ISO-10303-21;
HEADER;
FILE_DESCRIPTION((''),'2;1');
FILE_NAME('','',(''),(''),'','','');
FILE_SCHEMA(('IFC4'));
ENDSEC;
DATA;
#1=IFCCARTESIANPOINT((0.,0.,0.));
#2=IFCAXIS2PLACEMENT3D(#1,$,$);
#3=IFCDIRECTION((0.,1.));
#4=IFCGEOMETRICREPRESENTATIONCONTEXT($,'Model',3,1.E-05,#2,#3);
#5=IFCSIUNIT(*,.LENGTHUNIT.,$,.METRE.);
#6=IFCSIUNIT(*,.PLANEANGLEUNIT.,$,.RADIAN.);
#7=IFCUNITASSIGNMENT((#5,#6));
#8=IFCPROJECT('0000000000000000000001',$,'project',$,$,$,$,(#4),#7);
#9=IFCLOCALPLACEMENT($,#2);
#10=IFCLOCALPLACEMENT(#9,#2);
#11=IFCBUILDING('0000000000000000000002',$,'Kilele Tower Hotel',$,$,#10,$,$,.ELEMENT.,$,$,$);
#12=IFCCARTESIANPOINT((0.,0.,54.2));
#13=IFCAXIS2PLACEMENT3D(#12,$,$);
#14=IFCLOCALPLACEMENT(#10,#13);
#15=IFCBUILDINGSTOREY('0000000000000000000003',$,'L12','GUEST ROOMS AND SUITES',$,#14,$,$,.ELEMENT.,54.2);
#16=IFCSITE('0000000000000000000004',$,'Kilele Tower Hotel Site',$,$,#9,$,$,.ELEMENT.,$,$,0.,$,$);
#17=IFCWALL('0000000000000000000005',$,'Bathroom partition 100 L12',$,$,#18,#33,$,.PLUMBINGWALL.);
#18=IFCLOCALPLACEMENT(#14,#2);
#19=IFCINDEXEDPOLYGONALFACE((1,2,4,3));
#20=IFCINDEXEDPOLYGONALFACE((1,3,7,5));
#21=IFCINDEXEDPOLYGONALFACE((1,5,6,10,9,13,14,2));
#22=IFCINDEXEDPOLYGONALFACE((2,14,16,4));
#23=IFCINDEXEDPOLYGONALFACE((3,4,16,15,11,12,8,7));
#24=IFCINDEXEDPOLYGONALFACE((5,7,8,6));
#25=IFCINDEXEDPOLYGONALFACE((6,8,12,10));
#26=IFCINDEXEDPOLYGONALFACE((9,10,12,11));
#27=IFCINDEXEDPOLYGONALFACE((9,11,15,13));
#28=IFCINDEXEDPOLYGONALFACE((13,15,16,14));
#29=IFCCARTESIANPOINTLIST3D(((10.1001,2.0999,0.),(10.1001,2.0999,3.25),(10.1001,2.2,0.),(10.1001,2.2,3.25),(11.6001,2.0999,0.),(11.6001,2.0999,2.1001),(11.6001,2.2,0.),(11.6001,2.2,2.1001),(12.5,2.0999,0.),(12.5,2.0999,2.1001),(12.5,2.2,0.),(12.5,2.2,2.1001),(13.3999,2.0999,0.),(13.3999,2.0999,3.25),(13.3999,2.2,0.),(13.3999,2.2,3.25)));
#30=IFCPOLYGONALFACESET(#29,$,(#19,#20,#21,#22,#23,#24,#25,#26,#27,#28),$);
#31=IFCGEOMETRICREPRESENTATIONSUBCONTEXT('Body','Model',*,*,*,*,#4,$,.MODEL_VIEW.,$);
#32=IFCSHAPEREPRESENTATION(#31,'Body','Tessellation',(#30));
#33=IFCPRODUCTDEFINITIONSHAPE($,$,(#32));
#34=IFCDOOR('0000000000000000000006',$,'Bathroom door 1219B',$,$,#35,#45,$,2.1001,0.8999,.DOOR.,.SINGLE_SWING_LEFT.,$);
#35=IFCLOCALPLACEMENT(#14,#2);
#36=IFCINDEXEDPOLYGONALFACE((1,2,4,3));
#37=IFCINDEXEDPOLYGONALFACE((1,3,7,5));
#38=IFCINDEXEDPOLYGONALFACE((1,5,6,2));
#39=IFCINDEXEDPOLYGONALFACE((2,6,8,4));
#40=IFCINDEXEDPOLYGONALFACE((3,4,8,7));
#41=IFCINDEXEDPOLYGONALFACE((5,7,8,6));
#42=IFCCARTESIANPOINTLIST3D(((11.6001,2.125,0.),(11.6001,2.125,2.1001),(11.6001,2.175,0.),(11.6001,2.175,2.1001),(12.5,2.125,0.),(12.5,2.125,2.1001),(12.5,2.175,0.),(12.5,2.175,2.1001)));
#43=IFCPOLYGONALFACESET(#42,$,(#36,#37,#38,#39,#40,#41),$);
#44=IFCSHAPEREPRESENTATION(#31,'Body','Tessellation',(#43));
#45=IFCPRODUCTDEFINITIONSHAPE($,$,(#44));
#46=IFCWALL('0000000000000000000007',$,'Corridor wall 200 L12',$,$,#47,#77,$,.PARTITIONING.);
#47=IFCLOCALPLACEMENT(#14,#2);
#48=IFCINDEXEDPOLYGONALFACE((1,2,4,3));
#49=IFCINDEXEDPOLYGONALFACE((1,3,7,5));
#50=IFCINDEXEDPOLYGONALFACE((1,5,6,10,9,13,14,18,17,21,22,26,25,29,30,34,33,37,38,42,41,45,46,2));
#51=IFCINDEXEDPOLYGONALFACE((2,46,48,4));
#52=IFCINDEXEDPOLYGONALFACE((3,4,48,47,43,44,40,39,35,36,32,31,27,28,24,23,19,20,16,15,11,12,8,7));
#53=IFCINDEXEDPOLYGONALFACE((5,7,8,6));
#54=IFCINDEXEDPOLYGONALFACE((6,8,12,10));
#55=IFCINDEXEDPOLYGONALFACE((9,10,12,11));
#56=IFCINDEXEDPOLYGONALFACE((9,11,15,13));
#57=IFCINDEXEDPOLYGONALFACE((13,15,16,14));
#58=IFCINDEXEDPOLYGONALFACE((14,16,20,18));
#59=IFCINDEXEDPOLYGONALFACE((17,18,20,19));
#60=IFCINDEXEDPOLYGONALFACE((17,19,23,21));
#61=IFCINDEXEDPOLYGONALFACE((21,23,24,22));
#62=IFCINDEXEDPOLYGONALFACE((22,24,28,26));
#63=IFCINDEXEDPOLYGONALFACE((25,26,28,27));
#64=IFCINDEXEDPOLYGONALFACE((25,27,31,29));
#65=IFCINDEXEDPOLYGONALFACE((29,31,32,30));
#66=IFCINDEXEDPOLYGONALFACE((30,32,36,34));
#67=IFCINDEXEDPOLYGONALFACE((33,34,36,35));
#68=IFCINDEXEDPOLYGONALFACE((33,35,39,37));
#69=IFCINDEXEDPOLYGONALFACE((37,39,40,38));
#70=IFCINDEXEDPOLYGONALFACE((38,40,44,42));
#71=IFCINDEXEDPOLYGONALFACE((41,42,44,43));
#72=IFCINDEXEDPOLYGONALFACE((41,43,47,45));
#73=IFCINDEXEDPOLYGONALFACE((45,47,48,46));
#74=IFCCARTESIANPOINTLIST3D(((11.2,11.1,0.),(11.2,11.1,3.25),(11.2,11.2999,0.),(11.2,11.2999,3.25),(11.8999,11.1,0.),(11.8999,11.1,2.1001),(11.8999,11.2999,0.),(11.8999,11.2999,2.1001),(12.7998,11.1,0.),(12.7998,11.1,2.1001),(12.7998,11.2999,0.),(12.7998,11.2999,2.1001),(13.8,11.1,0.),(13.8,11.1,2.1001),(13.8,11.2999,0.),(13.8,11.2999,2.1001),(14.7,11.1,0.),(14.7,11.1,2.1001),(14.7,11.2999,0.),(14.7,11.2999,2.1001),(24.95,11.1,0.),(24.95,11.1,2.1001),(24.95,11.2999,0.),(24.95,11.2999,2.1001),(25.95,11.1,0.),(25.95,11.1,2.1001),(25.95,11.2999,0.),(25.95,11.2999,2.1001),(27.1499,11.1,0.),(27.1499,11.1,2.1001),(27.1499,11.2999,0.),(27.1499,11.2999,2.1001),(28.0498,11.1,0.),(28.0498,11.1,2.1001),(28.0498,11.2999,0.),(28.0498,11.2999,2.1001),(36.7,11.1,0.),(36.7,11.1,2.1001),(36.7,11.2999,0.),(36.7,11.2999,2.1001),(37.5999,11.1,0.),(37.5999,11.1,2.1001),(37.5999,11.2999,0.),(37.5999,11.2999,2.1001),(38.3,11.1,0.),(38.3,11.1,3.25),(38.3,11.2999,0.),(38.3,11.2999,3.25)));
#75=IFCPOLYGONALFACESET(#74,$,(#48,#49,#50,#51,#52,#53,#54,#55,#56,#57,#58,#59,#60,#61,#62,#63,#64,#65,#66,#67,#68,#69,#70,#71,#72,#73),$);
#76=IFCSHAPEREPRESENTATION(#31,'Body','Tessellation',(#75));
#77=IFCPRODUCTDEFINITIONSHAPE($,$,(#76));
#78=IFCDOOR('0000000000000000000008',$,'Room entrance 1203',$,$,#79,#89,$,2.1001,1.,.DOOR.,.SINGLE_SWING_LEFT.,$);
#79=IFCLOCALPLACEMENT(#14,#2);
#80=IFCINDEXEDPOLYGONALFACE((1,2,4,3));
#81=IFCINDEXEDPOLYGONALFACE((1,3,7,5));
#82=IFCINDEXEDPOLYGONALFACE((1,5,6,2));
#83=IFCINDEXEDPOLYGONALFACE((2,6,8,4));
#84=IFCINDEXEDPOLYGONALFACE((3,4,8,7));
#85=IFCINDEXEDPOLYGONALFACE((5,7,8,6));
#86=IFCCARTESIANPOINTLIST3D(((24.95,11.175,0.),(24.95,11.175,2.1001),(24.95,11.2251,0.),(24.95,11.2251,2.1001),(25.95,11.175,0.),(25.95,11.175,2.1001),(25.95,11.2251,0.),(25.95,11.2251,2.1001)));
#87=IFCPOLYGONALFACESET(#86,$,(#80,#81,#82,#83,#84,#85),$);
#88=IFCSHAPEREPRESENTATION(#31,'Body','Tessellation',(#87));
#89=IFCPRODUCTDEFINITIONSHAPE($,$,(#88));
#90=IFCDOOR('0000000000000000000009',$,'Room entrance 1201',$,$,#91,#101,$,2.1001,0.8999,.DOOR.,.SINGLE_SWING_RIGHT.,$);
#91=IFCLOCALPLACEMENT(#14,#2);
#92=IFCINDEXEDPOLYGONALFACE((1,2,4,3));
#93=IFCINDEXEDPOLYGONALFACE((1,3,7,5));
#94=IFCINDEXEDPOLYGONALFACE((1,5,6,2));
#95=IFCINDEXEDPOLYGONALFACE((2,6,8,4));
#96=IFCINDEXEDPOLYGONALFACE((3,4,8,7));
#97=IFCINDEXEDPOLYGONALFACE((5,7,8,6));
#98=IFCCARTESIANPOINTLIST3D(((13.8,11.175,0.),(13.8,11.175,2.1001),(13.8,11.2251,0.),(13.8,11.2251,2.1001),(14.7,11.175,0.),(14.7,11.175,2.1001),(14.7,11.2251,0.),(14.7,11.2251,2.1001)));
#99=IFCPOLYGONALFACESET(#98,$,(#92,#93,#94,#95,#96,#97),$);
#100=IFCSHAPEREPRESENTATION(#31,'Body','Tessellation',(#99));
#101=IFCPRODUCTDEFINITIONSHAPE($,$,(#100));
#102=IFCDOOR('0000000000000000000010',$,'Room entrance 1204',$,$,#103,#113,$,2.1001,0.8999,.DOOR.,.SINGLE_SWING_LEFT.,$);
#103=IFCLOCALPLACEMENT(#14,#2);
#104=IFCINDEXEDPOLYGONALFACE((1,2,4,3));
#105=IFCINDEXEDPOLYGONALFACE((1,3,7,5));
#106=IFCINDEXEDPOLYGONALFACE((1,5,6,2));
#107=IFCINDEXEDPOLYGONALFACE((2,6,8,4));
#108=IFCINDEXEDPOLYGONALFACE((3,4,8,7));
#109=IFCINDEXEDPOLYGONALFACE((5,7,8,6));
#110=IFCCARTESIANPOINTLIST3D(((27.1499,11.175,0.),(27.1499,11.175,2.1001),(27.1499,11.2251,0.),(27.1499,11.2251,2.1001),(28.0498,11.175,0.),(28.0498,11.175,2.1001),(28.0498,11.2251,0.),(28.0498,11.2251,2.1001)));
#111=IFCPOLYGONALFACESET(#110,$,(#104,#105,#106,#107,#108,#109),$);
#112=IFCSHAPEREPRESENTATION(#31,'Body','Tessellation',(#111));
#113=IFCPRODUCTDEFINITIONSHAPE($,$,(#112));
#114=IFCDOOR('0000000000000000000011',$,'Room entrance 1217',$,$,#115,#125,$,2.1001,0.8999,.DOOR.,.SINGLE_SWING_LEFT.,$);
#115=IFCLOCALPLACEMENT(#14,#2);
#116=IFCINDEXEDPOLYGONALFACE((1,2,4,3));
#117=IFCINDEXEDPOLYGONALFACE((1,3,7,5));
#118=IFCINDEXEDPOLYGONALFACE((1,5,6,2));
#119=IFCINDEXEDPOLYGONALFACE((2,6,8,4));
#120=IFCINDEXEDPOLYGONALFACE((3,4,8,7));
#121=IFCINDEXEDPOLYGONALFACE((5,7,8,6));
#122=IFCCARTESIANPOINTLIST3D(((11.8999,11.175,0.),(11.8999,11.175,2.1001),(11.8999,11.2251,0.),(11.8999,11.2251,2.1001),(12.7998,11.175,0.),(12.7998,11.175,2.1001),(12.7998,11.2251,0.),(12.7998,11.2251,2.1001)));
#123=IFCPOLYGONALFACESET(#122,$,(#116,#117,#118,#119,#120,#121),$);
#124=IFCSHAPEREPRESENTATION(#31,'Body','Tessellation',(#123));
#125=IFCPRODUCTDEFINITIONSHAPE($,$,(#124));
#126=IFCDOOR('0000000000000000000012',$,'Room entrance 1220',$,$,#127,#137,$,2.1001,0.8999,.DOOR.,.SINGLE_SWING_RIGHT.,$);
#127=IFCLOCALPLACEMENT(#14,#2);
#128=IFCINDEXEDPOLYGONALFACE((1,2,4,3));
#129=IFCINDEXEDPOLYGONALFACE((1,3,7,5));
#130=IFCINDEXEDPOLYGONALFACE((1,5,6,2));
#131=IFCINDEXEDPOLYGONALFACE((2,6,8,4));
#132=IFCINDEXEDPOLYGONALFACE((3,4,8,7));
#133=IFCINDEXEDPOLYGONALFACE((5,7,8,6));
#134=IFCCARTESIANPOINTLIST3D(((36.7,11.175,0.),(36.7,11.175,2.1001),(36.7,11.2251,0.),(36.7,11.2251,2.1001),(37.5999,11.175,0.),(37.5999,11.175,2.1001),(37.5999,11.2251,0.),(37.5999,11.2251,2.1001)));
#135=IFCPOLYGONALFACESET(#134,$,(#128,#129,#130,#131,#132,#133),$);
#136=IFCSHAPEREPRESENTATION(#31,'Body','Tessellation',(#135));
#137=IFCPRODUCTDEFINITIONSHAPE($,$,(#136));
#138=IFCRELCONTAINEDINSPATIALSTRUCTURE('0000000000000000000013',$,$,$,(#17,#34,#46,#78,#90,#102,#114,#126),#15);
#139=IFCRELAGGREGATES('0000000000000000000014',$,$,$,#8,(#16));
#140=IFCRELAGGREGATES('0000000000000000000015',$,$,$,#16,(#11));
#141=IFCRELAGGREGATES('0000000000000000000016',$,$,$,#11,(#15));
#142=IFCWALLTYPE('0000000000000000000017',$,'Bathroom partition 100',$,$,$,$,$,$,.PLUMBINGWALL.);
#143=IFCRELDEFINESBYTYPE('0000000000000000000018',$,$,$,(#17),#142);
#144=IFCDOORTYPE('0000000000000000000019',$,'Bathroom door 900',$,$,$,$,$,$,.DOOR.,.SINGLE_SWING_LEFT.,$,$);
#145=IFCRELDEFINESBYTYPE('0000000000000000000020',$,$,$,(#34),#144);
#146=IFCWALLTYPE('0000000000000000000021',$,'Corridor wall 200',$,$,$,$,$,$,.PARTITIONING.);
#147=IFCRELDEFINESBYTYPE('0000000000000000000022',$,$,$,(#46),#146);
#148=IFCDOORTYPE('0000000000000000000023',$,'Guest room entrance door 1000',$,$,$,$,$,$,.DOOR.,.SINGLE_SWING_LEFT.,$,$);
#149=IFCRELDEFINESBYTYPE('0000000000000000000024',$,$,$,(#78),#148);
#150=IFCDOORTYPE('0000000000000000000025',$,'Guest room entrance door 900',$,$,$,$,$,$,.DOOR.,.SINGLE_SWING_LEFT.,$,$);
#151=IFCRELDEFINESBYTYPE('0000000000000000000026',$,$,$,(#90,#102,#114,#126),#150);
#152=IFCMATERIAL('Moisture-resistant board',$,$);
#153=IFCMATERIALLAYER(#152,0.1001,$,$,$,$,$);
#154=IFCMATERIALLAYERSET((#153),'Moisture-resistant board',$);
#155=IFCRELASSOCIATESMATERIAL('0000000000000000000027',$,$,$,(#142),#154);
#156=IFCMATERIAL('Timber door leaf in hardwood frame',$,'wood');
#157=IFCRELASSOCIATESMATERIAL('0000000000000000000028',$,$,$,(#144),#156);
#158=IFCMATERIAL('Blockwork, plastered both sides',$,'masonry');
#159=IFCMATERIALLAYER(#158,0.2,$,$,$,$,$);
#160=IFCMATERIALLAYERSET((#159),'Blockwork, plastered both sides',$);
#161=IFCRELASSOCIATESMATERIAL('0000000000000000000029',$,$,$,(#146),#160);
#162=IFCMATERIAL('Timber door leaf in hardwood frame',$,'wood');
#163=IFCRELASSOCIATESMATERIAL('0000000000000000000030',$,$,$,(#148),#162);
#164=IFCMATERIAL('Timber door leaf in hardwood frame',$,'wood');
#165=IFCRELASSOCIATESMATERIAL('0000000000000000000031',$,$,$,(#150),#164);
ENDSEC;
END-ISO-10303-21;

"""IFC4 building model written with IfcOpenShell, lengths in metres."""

from ifc_helpers import new_model, si_unit, direction, frame, frame_2d, origin, place, context, subcontext, project, spatial, rectangle, extrude, material, layer, layer_set, type_object, element, fill, save


model = new_model("IFC4")

# Units and contexts
model_context = context("Model", 3, precision=1e-05, world=origin(), true_north=direction((0.0, 1.0)))
body_context = subcontext(model_context, "Body", "Model", "MODEL_VIEW")
ifc_project = project(units=[si_unit("LENGTHUNIT", "METRE"), si_unit("PLANEANGLEUNIT", "RADIAN")], contexts=[model_context])

# Site, building, storey
site_placement = place(None, origin())
site = spatial("IfcSite", under=ifc_project, at=site_placement, Name="Kilele Tower Hotel Site", CompositionType="ELEMENT", RefElevation=0.0)
building_placement = place(site_placement, origin())
building = spatial("IfcBuilding", under=site, at=building_placement, Name="Kilele Tower Hotel", CompositionType="ELEMENT")
storey_placement = place(building_placement, frame((0.0, 0.0, 54.2)))
storey = spatial("IfcBuildingStorey", under=building, at=storey_placement, Name="L12", Description="GUEST ROOMS AND SUITES", CompositionType="ELEMENT", Elevation=54.2)

# Shared definitions
ifc_material_1 = material(Name="Moisture-resistant board")
ifc_layer_1 = layer(ifc_material_1, 0.1001)
ifc_layer_set_1 = layer_set([ifc_layer_1], Name="Moisture-resistant board")
wall_type_1 = type_object("IfcWallType", Name="Bathroom partition 100", PredefinedType="PLUMBINGWALL", material=ifc_layer_set_1)

# Wall, opening, door
ifc_material_2 = material(Name="Timber door leaf in hardwood frame", Category="wood")
door_type_1 = type_object("IfcDoorType", Name="Bathroom door 900", OperationType="SINGLE_SWING_LEFT", PredefinedType="DOOR", material=ifc_material_2)
wall_1_placement = place(storey_placement, frame((13.3999, 2.1499, 0.0), z_axis=(0.0, 0.0, 1.0), x_axis=(-1.0, 0.0, 0.0)))
wall_1 = element("IfcWall", 1, at=wall_1_placement, inside=storey, type_object=wall_type_1, Name="Bathroom partition 100 L12", PredefinedType="PLUMBINGWALL", context=body_context, shape_type="SweptSolid", body=[
    extrude(rectangle(XDim=3.2998, YDim=0.1001, at=frame_2d((1.6499, 0.0))), origin(), (0.0, 0.0, 1.0), 3.25),
])
opening_1_placement = place(wall_1_placement, frame((0.8999, 0.0, 0.0)))
opening_1 = element("IfcOpeningElement", 2, at=opening_1_placement, cuts=wall_1, PredefinedType="OPENING", context=body_context, shape_type="SweptSolid", body=[
    extrude(rectangle(XDim=0.8999, YDim=2.1001, at=frame_2d((0.45, 1.05))), frame((0.0, 0.0601, 0.0), z_axis=(0.0, -1.0, 0.0), x_axis=(1.0, 0.0, 0.0)), (0.0, 0.0, 1.0), 0.1201),
])
door_1_placement = place(opening_1_placement, origin())
door_1 = element("IfcDoor", 3, at=door_1_placement, inside=storey, type_object=door_type_1, Name="Bathroom door 1219B", OperationType="SINGLE_SWING_LEFT", OverallHeight=2.1001, OverallWidth=0.8999, PredefinedType="DOOR", context=body_context, shape_type="SweptSolid", body=[
    extrude(rectangle(XDim=0.8999, YDim=2.1001, at=frame_2d((0.45, 1.05))), frame((0.0, 0.0249, 0.0), z_axis=(0.0, -1.0, 0.0), x_axis=(1.0, 0.0, 0.0)), (0.0, 0.0, 1.0), 0.05),
])
fill(opening_1, door_1)

# Wall, openings, doors
ifc_material_3 = material(Name="Blockwork, plastered both sides", Category="masonry")
ifc_layer_2 = layer(ifc_material_3, 0.2)
ifc_layer_set_2 = layer_set([ifc_layer_2], Name="Blockwork, plastered both sides")
wall_type_2 = type_object("IfcWallType", Name="Corridor wall 200", PredefinedType="PARTITIONING", material=ifc_layer_set_2)
wall_2_placement = place(storey_placement, frame((11.2, 11.2, 0.0), z_axis=(0.0, 0.0, 1.0), x_axis=(1.0, 0.0, 0.0)))
wall_2 = element("IfcWall", 4, at=wall_2_placement, inside=storey, type_object=wall_type_2, Name="Corridor wall 200 L12", PredefinedType="PARTITIONING", context=body_context, shape_type="SweptSolid", body=[
    extrude(rectangle(XDim=27.1001, YDim=0.2, at=frame_2d((13.55, 0.0))), origin(), (0.0, 0.0, 1.0), 3.25),
])
opening_2_placement = place(wall_2_placement, frame((3.5, 0.0, 0.0), z_axis=(0.0, 0.0, 1.0), x_axis=(-1.0, 0.0, 0.0)))
opening_2 = element("IfcOpeningElement", 5, at=opening_2_placement, cuts=wall_2, PredefinedType="OPENING", context=body_context, shape_type="SweptSolid", body=[
    extrude(rectangle(XDim=0.8999, YDim=2.1001, at=frame_2d((0.45, 1.05))), frame((0.0, 0.1099, 0.0), z_axis=(0.0, -1.0, 0.0), x_axis=(1.0, 0.0, 0.0)), (0.0, 0.0, 1.0), 0.22),
])
opening_3_placement = place(wall_2_placement, frame((14.75, 0.0, 0.0), z_axis=(0.0, 0.0, 1.0), x_axis=(-1.0, 0.0, 0.0)))
opening_3 = element("IfcOpeningElement", 6, at=opening_3_placement, cuts=wall_2, PredefinedType="OPENING", context=body_context, shape_type="SweptSolid", body=[
    extrude(rectangle(XDim=1.0, YDim=2.1001, at=frame_2d((0.5, 1.05))), frame((0.0, 0.1099, 0.0), z_axis=(0.0, -1.0, 0.0), x_axis=(1.0, 0.0, 0.0)), (0.0, 0.0, 1.0), 0.22),
])
opening_4_placement = place(wall_2_placement, frame((16.8499, 0.0, 0.0), z_axis=(0.0, 0.0, 1.0), x_axis=(-1.0, 0.0, 0.0)))
opening_4 = element("IfcOpeningElement", 7, at=opening_4_placement, cuts=wall_2, PredefinedType="OPENING", context=body_context, shape_type="SweptSolid", body=[
    extrude(rectangle(XDim=0.8999, YDim=2.1001, at=frame_2d((0.45, 1.05))), frame((0.0, 0.1099, 0.0), z_axis=(0.0, -1.0, 0.0), x_axis=(1.0, 0.0, 0.0)), (0.0, 0.0, 1.0), 0.22),
])
opening_5_placement = place(wall_2_placement, frame((1.5999, 0.0, 0.0), z_axis=(0.0, 0.0, 1.0), x_axis=(-1.0, 0.0, 0.0)))
opening_5 = element("IfcOpeningElement", 8, at=opening_5_placement, cuts=wall_2, PredefinedType="OPENING", context=body_context, shape_type="SweptSolid", body=[
    extrude(rectangle(XDim=0.8999, YDim=2.1001, at=frame_2d((0.45, 1.05))), frame((0.0, 0.1099, 0.0), z_axis=(0.0, -1.0, 0.0), x_axis=(1.0, 0.0, 0.0)), (0.0, 0.0, 1.0), 0.22),
])
opening_6_placement = place(wall_2_placement, frame((26.3999, 0.0, 0.0), z_axis=(0.0, 0.0, 1.0), x_axis=(-1.0, 0.0, 0.0)))
opening_6 = element("IfcOpeningElement", 9, at=opening_6_placement, cuts=wall_2, PredefinedType="OPENING", context=body_context, shape_type="SweptSolid", body=[
    extrude(rectangle(XDim=0.8999, YDim=2.1001, at=frame_2d((0.45, 1.05))), frame((0.0, 0.1099, 0.0), z_axis=(0.0, -1.0, 0.0), x_axis=(1.0, 0.0, 0.0)), (0.0, 0.0, 1.0), 0.22),
])
ifc_material_4 = material(Name="Timber door leaf in hardwood frame", Category="wood")
door_type_2 = type_object("IfcDoorType", Name="Guest room entrance door 1000", OperationType="SINGLE_SWING_LEFT", PredefinedType="DOOR", material=ifc_material_4)
door_2_placement = place(opening_3_placement, origin())
door_2 = element("IfcDoor", 10, at=door_2_placement, inside=storey, type_object=door_type_2, Name="Room entrance 1203", OperationType="SINGLE_SWING_LEFT", OverallHeight=2.1001, OverallWidth=1.0, PredefinedType="DOOR", context=body_context, shape_type="SweptSolid", body=[
    extrude(rectangle(XDim=1.0, YDim=2.1001, at=frame_2d((0.5, 1.05))), frame((0.0, 0.0249, 0.0), z_axis=(0.0, -1.0, 0.0), x_axis=(1.0, 0.0, 0.0)), (0.0, 0.0, 1.0), 0.05),
])
fill(opening_3, door_2)
ifc_material_5 = material(Name="Timber door leaf in hardwood frame", Category="wood")
door_type_3 = type_object("IfcDoorType", Name="Guest room entrance door 900", OperationType="SINGLE_SWING_LEFT", PredefinedType="DOOR", material=ifc_material_5)
door_3_placement = place(opening_2_placement, origin())
door_3 = element("IfcDoor", 11, at=door_3_placement, inside=storey, type_object=door_type_3, Name="Room entrance 1201", OperationType="SINGLE_SWING_RIGHT", OverallHeight=2.1001, OverallWidth=0.8999, PredefinedType="DOOR", context=body_context, shape_type="SweptSolid", body=[
    extrude(rectangle(XDim=0.8999, YDim=2.1001, at=frame_2d((0.45, 1.05))), frame((0.0, 0.0249, 0.0), z_axis=(0.0, -1.0, 0.0), x_axis=(1.0, 0.0, 0.0)), (0.0, 0.0, 1.0), 0.05),
])
fill(opening_2, door_3)
door_4_placement = place(opening_4_placement, origin())
door_4 = element("IfcDoor", 12, at=door_4_placement, inside=storey, type_object=door_type_3, Name="Room entrance 1204", OperationType="SINGLE_SWING_LEFT", OverallHeight=2.1001, OverallWidth=0.8999, PredefinedType="DOOR", context=body_context, shape_type="SweptSolid", body=[
    extrude(rectangle(XDim=0.8999, YDim=2.1001, at=frame_2d((0.45, 1.05))), frame((0.0, 0.0249, 0.0), z_axis=(0.0, -1.0, 0.0), x_axis=(1.0, 0.0, 0.0)), (0.0, 0.0, 1.0), 0.05),
])
fill(opening_4, door_4)
door_5_placement = place(opening_5_placement, origin())
door_5 = element("IfcDoor", 13, at=door_5_placement, inside=storey, type_object=door_type_3, Name="Room entrance 1217", OperationType="SINGLE_SWING_LEFT", OverallHeight=2.1001, OverallWidth=0.8999, PredefinedType="DOOR", context=body_context, shape_type="SweptSolid", body=[
    extrude(rectangle(XDim=0.8999, YDim=2.1001, at=frame_2d((0.45, 1.05))), frame((0.0, 0.0249, 0.0), z_axis=(0.0, -1.0, 0.0), x_axis=(1.0, 0.0, 0.0)), (0.0, 0.0, 1.0), 0.05),
])
fill(opening_5, door_5)
door_6_placement = place(opening_6_placement, origin())
door_6 = element("IfcDoor", 14, at=door_6_placement, inside=storey, type_object=door_type_3, Name="Room entrance 1220", OperationType="SINGLE_SWING_RIGHT", OverallHeight=2.1001, OverallWidth=0.8999, PredefinedType="DOOR", context=body_context, shape_type="SweptSolid", body=[
    extrude(rectangle(XDim=0.8999, YDim=2.1001, at=frame_2d((0.45, 1.05))), frame((0.0, 0.0249, 0.0), z_axis=(0.0, -1.0, 0.0), x_axis=(1.0, 0.0, 0.0)), (0.0, 0.0, 1.0), 0.05),
])
fill(opening_6, door_6)

save(model, "model.ifc")
